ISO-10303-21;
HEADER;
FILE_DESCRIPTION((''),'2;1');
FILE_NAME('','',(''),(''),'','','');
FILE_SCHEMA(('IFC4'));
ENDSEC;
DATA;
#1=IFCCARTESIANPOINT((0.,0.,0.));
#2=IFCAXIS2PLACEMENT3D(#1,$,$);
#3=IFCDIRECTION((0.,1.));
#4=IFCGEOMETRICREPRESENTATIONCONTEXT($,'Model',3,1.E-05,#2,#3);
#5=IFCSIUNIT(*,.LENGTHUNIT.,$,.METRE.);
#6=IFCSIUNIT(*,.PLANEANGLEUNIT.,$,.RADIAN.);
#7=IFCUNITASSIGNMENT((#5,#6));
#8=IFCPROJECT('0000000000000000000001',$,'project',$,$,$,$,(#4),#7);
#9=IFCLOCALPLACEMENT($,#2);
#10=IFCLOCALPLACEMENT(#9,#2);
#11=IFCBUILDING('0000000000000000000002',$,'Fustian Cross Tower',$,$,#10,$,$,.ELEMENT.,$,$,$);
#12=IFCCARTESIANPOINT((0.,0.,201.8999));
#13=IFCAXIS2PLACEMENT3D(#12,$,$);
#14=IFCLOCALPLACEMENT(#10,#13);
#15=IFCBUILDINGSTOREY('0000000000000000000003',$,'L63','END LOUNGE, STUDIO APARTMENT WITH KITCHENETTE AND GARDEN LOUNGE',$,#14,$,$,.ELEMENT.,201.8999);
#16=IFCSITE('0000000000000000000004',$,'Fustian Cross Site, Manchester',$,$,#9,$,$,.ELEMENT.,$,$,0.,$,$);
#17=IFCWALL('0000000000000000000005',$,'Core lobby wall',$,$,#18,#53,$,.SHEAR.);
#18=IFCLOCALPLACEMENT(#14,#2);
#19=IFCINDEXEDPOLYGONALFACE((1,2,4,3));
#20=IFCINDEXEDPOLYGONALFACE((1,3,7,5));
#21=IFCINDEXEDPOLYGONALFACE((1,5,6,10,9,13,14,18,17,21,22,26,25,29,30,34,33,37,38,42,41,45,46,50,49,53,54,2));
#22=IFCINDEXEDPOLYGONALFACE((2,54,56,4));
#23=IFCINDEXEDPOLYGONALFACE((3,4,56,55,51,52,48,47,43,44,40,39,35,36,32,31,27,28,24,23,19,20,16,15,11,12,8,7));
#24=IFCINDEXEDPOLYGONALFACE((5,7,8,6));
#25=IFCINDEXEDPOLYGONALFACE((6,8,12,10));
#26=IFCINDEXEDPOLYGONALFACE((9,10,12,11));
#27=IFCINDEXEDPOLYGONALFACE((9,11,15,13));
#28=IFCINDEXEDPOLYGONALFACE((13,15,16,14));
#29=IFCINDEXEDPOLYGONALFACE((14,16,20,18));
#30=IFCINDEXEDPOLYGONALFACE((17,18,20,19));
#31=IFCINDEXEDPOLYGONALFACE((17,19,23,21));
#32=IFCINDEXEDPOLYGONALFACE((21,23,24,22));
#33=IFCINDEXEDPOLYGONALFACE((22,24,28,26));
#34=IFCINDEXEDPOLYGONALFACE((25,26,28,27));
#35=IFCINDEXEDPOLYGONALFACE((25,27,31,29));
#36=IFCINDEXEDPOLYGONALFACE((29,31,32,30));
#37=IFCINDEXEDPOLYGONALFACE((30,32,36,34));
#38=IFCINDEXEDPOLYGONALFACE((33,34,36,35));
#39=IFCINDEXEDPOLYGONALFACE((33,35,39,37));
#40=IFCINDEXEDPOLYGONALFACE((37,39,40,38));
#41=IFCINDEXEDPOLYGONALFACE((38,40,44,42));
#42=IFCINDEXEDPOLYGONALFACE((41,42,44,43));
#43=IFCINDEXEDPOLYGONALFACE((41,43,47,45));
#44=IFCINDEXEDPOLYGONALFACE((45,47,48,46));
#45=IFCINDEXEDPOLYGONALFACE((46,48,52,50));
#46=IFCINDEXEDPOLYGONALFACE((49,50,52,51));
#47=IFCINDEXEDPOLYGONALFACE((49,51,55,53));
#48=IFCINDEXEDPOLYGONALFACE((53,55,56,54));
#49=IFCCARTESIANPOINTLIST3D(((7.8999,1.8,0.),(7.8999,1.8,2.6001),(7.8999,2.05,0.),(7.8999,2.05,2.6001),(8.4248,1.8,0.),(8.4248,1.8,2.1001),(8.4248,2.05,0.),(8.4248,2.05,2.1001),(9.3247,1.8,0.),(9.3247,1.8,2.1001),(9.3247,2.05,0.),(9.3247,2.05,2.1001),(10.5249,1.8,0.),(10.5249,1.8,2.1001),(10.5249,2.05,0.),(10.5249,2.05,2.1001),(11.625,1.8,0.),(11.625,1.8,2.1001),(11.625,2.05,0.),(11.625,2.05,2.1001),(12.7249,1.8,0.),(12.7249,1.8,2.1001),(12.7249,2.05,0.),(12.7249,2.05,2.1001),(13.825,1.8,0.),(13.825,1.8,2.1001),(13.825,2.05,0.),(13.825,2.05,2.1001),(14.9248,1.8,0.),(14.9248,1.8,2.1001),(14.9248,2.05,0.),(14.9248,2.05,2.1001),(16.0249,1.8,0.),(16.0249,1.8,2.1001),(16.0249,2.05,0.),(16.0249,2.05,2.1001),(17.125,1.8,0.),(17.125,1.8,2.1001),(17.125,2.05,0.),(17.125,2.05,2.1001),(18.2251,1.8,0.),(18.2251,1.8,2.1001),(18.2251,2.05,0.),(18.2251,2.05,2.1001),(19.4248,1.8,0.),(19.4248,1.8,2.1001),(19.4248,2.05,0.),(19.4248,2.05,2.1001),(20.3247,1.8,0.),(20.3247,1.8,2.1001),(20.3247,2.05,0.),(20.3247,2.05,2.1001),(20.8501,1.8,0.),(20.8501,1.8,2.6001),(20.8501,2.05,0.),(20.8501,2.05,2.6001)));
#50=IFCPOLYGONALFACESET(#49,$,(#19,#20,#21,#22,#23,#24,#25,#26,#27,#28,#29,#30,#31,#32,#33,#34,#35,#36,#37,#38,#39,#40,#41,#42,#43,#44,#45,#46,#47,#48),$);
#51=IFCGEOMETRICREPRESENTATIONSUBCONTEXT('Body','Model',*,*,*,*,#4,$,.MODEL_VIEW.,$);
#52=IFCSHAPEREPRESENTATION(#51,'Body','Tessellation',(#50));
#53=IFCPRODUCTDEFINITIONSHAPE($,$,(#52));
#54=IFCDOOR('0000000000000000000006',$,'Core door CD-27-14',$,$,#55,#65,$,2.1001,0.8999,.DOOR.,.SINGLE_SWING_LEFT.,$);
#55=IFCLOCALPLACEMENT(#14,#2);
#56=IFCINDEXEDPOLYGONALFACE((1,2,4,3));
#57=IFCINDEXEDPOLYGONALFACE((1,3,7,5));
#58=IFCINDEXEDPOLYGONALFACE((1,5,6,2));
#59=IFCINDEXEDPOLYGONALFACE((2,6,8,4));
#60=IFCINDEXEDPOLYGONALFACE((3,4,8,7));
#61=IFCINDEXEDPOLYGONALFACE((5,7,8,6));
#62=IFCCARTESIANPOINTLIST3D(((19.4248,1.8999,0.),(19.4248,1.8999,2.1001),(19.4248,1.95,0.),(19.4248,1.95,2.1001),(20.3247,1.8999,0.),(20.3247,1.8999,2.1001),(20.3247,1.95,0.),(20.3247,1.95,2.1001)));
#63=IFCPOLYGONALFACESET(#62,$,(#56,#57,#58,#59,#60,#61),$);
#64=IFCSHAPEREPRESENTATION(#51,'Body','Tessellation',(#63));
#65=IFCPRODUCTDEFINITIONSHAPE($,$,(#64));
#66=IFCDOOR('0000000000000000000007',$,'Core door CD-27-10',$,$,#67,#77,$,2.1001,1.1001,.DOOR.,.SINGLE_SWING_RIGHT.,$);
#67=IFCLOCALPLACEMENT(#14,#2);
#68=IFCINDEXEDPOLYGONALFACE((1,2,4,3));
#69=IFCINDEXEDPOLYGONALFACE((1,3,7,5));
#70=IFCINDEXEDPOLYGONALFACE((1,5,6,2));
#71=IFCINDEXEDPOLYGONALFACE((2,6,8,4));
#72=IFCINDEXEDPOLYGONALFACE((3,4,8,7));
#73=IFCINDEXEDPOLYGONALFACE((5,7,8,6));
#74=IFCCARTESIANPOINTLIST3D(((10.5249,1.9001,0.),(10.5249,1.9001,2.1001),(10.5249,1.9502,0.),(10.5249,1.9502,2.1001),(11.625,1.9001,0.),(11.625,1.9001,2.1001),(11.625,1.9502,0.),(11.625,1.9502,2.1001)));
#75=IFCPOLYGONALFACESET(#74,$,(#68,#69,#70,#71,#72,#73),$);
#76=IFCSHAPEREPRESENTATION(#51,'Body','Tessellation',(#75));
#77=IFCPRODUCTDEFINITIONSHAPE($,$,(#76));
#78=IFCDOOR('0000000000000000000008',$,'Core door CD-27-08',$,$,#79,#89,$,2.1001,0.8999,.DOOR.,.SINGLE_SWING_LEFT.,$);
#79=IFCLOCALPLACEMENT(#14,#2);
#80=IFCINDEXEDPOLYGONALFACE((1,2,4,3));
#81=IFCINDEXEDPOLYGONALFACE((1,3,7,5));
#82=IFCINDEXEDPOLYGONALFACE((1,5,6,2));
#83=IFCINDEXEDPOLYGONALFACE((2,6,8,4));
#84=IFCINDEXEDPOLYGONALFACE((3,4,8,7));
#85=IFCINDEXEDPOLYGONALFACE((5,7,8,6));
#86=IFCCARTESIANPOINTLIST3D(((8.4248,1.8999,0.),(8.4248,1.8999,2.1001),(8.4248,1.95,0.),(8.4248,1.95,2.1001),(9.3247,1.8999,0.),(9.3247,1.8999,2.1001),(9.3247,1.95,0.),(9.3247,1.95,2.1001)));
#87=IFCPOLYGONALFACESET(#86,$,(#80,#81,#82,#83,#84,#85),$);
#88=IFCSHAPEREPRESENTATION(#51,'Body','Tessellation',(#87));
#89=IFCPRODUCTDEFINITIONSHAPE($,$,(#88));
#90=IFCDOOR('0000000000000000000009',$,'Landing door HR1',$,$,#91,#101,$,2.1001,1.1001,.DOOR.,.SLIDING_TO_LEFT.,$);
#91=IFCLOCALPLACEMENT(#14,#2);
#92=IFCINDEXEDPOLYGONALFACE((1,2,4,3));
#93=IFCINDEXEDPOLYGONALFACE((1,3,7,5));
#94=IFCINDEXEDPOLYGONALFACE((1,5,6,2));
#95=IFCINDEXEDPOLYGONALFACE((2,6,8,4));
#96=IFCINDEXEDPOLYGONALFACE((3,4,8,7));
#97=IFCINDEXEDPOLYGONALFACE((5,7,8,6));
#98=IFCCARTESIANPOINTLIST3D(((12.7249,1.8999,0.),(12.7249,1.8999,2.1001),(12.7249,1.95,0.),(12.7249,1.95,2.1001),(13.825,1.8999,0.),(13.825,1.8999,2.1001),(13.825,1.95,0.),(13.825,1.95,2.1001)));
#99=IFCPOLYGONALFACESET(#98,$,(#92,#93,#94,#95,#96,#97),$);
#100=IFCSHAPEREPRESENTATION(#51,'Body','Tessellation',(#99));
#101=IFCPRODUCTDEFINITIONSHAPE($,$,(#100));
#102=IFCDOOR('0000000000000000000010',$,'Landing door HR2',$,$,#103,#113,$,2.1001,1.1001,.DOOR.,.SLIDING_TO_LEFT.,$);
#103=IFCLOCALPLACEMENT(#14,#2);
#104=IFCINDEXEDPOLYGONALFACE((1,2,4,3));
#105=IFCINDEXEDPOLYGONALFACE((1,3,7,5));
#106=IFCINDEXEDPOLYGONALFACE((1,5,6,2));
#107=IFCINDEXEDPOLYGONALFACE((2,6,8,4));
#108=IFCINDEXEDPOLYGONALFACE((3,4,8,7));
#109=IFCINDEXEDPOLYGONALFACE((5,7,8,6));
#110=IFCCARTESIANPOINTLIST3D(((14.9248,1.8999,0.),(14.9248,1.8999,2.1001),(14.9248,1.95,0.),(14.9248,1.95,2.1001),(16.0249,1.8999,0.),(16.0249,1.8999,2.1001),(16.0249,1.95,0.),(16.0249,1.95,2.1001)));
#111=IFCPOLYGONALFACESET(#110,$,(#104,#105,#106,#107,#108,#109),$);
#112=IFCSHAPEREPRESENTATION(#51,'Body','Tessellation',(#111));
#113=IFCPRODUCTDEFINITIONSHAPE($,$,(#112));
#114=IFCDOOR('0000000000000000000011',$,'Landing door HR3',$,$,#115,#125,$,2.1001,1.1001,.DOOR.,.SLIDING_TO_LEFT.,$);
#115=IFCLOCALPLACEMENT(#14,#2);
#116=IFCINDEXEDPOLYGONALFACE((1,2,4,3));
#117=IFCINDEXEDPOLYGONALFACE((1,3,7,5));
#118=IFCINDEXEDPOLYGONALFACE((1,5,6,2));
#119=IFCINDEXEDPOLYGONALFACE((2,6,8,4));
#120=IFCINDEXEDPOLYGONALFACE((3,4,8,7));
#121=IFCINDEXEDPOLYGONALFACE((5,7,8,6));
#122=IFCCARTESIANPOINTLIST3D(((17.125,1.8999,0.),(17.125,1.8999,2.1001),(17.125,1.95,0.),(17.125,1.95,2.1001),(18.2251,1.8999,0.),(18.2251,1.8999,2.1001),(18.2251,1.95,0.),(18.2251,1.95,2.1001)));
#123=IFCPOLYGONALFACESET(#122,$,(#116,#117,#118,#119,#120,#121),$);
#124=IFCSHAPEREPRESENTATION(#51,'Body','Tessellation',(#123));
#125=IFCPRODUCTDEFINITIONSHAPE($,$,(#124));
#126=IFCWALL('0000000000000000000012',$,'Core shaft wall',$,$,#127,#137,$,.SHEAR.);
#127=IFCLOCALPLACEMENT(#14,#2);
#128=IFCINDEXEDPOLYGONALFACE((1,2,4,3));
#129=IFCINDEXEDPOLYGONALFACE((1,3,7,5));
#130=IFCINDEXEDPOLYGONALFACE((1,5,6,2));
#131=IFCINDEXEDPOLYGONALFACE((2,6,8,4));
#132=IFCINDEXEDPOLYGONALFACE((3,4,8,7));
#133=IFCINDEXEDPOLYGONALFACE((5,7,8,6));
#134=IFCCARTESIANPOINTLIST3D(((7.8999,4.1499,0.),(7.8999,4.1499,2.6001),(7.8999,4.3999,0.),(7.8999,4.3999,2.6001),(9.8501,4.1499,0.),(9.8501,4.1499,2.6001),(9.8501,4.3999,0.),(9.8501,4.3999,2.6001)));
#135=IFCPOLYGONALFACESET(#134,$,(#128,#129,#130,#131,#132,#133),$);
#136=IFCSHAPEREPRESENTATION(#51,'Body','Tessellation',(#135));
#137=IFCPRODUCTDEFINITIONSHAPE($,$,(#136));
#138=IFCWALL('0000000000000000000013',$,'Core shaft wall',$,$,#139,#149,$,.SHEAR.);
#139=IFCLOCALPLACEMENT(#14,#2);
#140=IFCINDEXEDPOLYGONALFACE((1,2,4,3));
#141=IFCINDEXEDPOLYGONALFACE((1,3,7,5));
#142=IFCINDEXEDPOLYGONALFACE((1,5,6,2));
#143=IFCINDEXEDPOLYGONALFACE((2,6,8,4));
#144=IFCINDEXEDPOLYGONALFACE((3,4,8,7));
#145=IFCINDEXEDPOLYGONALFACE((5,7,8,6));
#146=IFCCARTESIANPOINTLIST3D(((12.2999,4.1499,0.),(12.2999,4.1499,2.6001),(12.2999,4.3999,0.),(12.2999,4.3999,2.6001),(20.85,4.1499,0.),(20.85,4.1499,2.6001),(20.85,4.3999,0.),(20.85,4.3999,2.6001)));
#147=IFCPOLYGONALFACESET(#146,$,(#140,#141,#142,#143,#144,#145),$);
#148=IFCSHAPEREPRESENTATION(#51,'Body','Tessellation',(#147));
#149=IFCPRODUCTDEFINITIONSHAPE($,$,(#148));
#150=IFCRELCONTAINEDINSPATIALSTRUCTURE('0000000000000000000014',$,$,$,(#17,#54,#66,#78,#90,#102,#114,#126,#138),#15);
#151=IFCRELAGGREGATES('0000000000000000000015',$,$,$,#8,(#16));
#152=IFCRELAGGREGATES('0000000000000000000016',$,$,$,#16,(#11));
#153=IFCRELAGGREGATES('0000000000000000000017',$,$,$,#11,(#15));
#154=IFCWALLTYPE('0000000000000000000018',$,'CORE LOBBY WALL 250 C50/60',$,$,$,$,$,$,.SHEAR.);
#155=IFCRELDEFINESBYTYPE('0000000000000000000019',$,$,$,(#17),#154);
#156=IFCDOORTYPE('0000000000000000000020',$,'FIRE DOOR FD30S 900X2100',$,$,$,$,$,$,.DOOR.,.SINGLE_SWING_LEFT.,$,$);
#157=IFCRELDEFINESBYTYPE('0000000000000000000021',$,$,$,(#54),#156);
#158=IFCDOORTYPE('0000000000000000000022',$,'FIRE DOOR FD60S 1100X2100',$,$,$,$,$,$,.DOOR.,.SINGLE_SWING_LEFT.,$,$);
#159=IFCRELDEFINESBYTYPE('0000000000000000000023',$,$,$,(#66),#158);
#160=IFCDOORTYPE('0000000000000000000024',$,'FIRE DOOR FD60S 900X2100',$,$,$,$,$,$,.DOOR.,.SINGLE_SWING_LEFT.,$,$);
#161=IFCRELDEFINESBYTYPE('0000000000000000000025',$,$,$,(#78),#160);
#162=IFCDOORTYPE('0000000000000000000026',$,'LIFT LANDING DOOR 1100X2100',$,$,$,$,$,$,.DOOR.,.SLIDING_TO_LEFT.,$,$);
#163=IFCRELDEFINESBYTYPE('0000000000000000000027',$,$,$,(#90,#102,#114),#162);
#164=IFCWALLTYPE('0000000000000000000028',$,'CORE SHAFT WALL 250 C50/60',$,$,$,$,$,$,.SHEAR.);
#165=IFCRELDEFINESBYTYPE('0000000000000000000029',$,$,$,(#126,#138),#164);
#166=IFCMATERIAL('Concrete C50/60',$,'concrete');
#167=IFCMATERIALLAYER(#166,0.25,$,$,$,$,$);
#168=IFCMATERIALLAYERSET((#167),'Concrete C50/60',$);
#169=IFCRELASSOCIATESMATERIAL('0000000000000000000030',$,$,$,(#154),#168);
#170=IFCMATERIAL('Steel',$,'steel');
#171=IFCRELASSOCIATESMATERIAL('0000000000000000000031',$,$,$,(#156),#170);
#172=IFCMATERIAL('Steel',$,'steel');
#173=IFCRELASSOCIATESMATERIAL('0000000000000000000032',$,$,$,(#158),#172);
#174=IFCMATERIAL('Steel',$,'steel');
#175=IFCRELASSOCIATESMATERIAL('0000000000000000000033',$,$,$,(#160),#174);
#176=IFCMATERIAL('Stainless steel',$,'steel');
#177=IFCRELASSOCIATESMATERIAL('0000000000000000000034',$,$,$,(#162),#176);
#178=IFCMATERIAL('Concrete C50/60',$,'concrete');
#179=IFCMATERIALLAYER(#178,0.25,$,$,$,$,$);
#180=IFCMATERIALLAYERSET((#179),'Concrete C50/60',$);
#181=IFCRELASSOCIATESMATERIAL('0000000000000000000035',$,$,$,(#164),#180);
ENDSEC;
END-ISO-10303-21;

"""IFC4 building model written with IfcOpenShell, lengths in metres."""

from ifc_helpers import new_model, si_unit, direction, frame, frame_2d, origin, place, context, subcontext, project, spatial, rectangle, extrude, material, layer, layer_set, type_object, element, fill, save


model = new_model("IFC4")

# Units and contexts
model_context = context("Model", 3, precision=1e-05, world=origin(), true_north=direction((0.0, 1.0)))
body_context = subcontext(model_context, "Body", "Model", "MODEL_VIEW")
ifc_project = project(units=[si_unit("LENGTHUNIT", "METRE"), si_unit("PLANEANGLEUNIT", "RADIAN")], contexts=[model_context])

# Site, building, storey
site_placement = place(None, origin())
site = spatial("IfcSite", under=ifc_project, at=site_placement, Name="Fustian Cross Site, Manchester", CompositionType="ELEMENT", RefElevation=0.0)
building_placement = place(site_placement, origin())
building = spatial("IfcBuilding", under=site, at=building_placement, Name="Fustian Cross Tower", CompositionType="ELEMENT")
storey_placement = place(building_placement, frame((0.0, 0.0, 201.8999)))
storey = spatial("IfcBuildingStorey", under=building, at=storey_placement, Name="L63", Description="END LOUNGE, STUDIO APARTMENT WITH KITCHENETTE AND GARDEN LOUNGE", CompositionType="ELEMENT", Elevation=201.8999)

# Wall, openings, doors
ifc_material_1 = material(Name="Concrete C50/60", Category="concrete")
ifc_layer_1 = layer(ifc_material_1, 0.25)
ifc_layer_set_1 = layer_set([ifc_layer_1], Name="Concrete C50/60")
wall_type_1 = type_object("IfcWallType", Name="CORE LOBBY WALL 250 C50/60", PredefinedType="SHEAR", material=ifc_layer_set_1)
wall_1_placement = place(storey_placement, frame((7.8999, 1.925, 0.0), z_axis=(0.0, 0.0, 1.0), x_axis=(1.0, 0.0, 0.0)))
wall_1 = element("IfcWall", 1, at=wall_1_placement, inside=storey, type_object=wall_type_1, Name="Core lobby wall", PredefinedType="SHEAR", context=body_context, shape_type="SweptSolid", body=[
    extrude(rectangle(XDim=12.9502, YDim=0.25, at=frame_2d((6.4751, 0.0))), origin(), (0.0, 0.0, 1.0), 2.6001),
])
opening_1_placement = place(wall_1_placement, frame((4.825, 0.0, 0.0)))
opening_1 = element("IfcOpeningElement", 2, at=opening_1_placement, cuts=wall_1, PredefinedType="OPENING", context=body_context, shape_type="SweptSolid", body=[
    extrude(rectangle(XDim=1.1001, YDim=2.1001, at=frame_2d((0.55, 1.05))), frame((0.0, 0.135, 0.0), z_axis=(0.0, -1.0, 0.0), x_axis=(1.0, 0.0, 0.0)), (0.0, 0.0, 1.0), 0.27),
])
opening_2_placement = place(wall_1_placement, frame((7.0249, 0.0, 0.0)))
opening_2 = element("IfcOpeningElement", 3, at=opening_2_placement, cuts=wall_1, PredefinedType="OPENING", context=body_context, shape_type="SweptSolid", body=[
    extrude(rectangle(XDim=1.1001, YDim=2.1001, at=frame_2d((0.55, 1.05))), frame((0.0, 0.135, 0.0), z_axis=(0.0, -1.0, 0.0), x_axis=(1.0, 0.0, 0.0)), (0.0, 0.0, 1.0), 0.27),
])
opening_3_placement = place(wall_1_placement, frame((9.2251, 0.0, 0.0)))
opening_3 = element("IfcOpeningElement", 4, at=opening_3_placement, cuts=wall_1, PredefinedType="OPENING", context=body_context, shape_type="SweptSolid", body=[
    extrude(rectangle(XDim=1.1001, YDim=2.1001, at=frame_2d((0.55, 1.05))), frame((0.0, 0.135, 0.0), z_axis=(0.0, -1.0, 0.0), x_axis=(1.0, 0.0, 0.0)), (0.0, 0.0, 1.0), 0.27),
])
opening_4_placement = place(wall_1_placement, frame((0.5249, 0.0, 0.0)))
opening_4 = element("IfcOpeningElement", 5, at=opening_4_placement, cuts=wall_1, PredefinedType="OPENING", context=body_context, shape_type="SweptSolid", body=[
    extrude(rectangle(XDim=0.8999, YDim=2.1001, at=frame_2d((0.45, 1.05))), frame((0.0, 0.135, 0.0), z_axis=(0.0, -1.0, 0.0), x_axis=(1.0, 0.0, 0.0)), (0.0, 0.0, 1.0), 0.27),
])
opening_5_placement = place(wall_1_placement, frame((2.625, 0.0, 0.0)))
opening_5 = element("IfcOpeningElement", 6, at=opening_5_placement, cuts=wall_1, PredefinedType="OPENING", context=body_context, shape_type="SweptSolid", body=[
    extrude(rectangle(XDim=1.1001, YDim=2.1001, at=frame_2d((0.55, 1.05))), frame((0.0, 0.135, 0.0), z_axis=(0.0, -1.0, 0.0), x_axis=(1.0, 0.0, 0.0)), (0.0, 0.0, 1.0), 0.27),
])
opening_6_placement = place(wall_1_placement, frame((11.5249, 0.0, 0.0)))
opening_6 = element("IfcOpeningElement", 7, at=opening_6_placement, cuts=wall_1, PredefinedType="OPENING", context=body_context, shape_type="SweptSolid", body=[
    extrude(rectangle(XDim=0.8999, YDim=2.1001, at=frame_2d((0.45, 1.05))), frame((0.0, 0.135, 0.0), z_axis=(0.0, -1.0, 0.0), x_axis=(1.0, 0.0, 0.0)), (0.0, 0.0, 1.0), 0.27),
])
ifc_material_2 = material(Name="Steel", Category="steel")
door_type_1 = type_object("IfcDoorType", Name="FIRE DOOR FD30S 900X2100", OperationType="SINGLE_SWING_LEFT", PredefinedType="DOOR", material=ifc_material_2)
door_1_placement = place(opening_6_placement, origin())
door_1 = element("IfcDoor", 8, at=door_1_placement, inside=storey, type_object=door_type_1, Name="Core door CD-27-14", OperationType="SINGLE_SWING_LEFT", OverallHeight=2.1001, OverallWidth=0.8999, PredefinedType="DOOR", context=body_context, shape_type="SweptSolid", body=[
    extrude(rectangle(XDim=0.8999, YDim=2.1001, at=frame_2d((0.45, 1.05))), frame((0.0, 0.0249, 0.0), z_axis=(0.0, -1.0, 0.0), x_axis=(1.0, 0.0, 0.0)), (0.0, 0.0, 1.0), 0.05),
])
fill(opening_6, door_1)
ifc_material_3 = material(Name="Steel", Category="steel")
door_type_2 = type_object("IfcDoorType", Name="FIRE DOOR FD60S 1100X2100", OperationType="SINGLE_SWING_LEFT", PredefinedType="DOOR", material=ifc_material_3)
door_2_placement = place(opening_5_placement, frame((1.1001, 0.0, 0.0), z_axis=(0.0, 0.0, 1.0), x_axis=(-1.0, 0.0, 0.0)))
door_2 = element("IfcDoor", 9, at=door_2_placement, inside=storey, type_object=door_type_2, Name="Core door CD-27-10", OperationType="SINGLE_SWING_RIGHT", OverallHeight=2.1001, OverallWidth=1.1001, PredefinedType="DOOR", context=body_context, shape_type="SweptSolid", body=[
    extrude(rectangle(XDim=1.1001, YDim=2.1001, at=frame_2d((0.55, 1.05))), frame((0.0, 0.0249, 0.0), z_axis=(0.0, -1.0, 0.0), x_axis=(1.0, 0.0, 0.0)), (0.0, 0.0, 1.0), 0.05),
])
fill(opening_5, door_2)
ifc_material_4 = material(Name="Steel", Category="steel")
door_type_3 = type_object("IfcDoorType", Name="FIRE DOOR FD60S 900X2100", OperationType="SINGLE_SWING_LEFT", PredefinedType="DOOR", material=ifc_material_4)
door_3_placement = place(opening_4_placement, origin())
door_3 = element("IfcDoor", 10, at=door_3_placement, inside=storey, type_object=door_type_3, Name="Core door CD-27-08", OperationType="SINGLE_SWING_LEFT", OverallHeight=2.1001, OverallWidth=0.8999, PredefinedType="DOOR", context=body_context, shape_type="SweptSolid", body=[
    extrude(rectangle(XDim=0.8999, YDim=2.1001, at=frame_2d((0.45, 1.05))), frame((0.0, 0.0249, 0.0), z_axis=(0.0, -1.0, 0.0), x_axis=(1.0, 0.0, 0.0)), (0.0, 0.0, 1.0), 0.05),
])
fill(opening_4, door_3)
ifc_material_5 = material(Name="Stainless steel", Category="steel")
door_type_4 = type_object("IfcDoorType", Name="LIFT LANDING DOOR 1100X2100", OperationType="SLIDING_TO_LEFT", PredefinedType="DOOR", material=ifc_material_5)
door_4_placement = place(opening_1_placement, origin())
door_4 = element("IfcDoor", 11, at=door_4_placement, inside=storey, type_object=door_type_4, Name="Landing door HR1", OperationType="SLIDING_TO_LEFT", OverallHeight=2.1001, OverallWidth=1.1001, PredefinedType="DOOR", context=body_context, shape_type="SweptSolid", body=[
    extrude(rectangle(XDim=1.1001, YDim=2.1001, at=frame_2d((0.55, 1.05))), frame((0.0, 0.0249, 0.0), z_axis=(0.0, -1.0, 0.0), x_axis=(1.0, 0.0, 0.0)), (0.0, 0.0, 1.0), 0.05),
])
fill(opening_1, door_4)
door_5_placement = place(opening_2_placement, origin())
door_5 = element("IfcDoor", 12, at=door_5_placement, inside=storey, type_object=door_type_4, Name="Landing door HR2", OperationType="SLIDING_TO_LEFT", OverallHeight=2.1001, OverallWidth=1.1001, PredefinedType="DOOR", context=body_context, shape_type="SweptSolid", body=[
    extrude(rectangle(XDim=1.1001, YDim=2.1001, at=frame_2d((0.55, 1.05))), frame((0.0, 0.0249, 0.0), z_axis=(0.0, -1.0, 0.0), x_axis=(1.0, 0.0, 0.0)), (0.0, 0.0, 1.0), 0.05),
])
fill(opening_2, door_5)
door_6_placement = place(opening_3_placement, origin())
door_6 = element("IfcDoor", 13, at=door_6_placement, inside=storey, type_object=door_type_4, Name="Landing door HR3", OperationType="SLIDING_TO_LEFT", OverallHeight=2.1001, OverallWidth=1.1001, PredefinedType="DOOR", context=body_context, shape_type="SweptSolid", body=[
    extrude(rectangle(XDim=1.1001, YDim=2.1001, at=frame_2d((0.55, 1.05))), frame((0.0, 0.0249, 0.0), z_axis=(0.0, -1.0, 0.0), x_axis=(1.0, 0.0, 0.0)), (0.0, 0.0, 1.0), 0.05),
])
fill(opening_3, door_6)

# Walls
ifc_material_6 = material(Name="Concrete C50/60", Category="concrete")
ifc_layer_2 = layer(ifc_material_6, 0.25)
ifc_layer_set_2 = layer_set([ifc_layer_2], Name="Concrete C50/60")
wall_type_2 = type_object("IfcWallType", Name="CORE SHAFT WALL 250 C50/60", PredefinedType="SHEAR", material=ifc_layer_set_2)
wall_2_placement = place(storey_placement, frame((7.8999, 4.2749, 0.0), z_axis=(0.0, 0.0, 1.0), x_axis=(1.0, 0.0, 0.0)))
element("IfcWall", 14, at=wall_2_placement, inside=storey, type_object=wall_type_2, Name="Core shaft wall", PredefinedType="SHEAR", context=body_context, shape_type="SweptSolid", body=[
    extrude(rectangle(XDim=1.9502, YDim=0.25, at=frame_2d((0.9751, 0.0))), origin(), (0.0, 0.0, 1.0), 2.6001),
])
wall_3_placement = place(storey_placement, frame((12.3, 4.2749, 0.0), z_axis=(0.0, 0.0, 1.0), x_axis=(1.0, 0.0, 0.0)))
element("IfcWall", 15, at=wall_3_placement, inside=storey, type_object=wall_type_2, Name="Core shaft wall", PredefinedType="SHEAR", context=body_context, shape_type="SweptSolid", body=[
    extrude(rectangle(XDim=8.55, YDim=0.25, at=frame_2d((4.2749, 0.0))), origin(), (0.0, 0.0, 1.0), 2.6001),
])

save(model, "model.ifc")
